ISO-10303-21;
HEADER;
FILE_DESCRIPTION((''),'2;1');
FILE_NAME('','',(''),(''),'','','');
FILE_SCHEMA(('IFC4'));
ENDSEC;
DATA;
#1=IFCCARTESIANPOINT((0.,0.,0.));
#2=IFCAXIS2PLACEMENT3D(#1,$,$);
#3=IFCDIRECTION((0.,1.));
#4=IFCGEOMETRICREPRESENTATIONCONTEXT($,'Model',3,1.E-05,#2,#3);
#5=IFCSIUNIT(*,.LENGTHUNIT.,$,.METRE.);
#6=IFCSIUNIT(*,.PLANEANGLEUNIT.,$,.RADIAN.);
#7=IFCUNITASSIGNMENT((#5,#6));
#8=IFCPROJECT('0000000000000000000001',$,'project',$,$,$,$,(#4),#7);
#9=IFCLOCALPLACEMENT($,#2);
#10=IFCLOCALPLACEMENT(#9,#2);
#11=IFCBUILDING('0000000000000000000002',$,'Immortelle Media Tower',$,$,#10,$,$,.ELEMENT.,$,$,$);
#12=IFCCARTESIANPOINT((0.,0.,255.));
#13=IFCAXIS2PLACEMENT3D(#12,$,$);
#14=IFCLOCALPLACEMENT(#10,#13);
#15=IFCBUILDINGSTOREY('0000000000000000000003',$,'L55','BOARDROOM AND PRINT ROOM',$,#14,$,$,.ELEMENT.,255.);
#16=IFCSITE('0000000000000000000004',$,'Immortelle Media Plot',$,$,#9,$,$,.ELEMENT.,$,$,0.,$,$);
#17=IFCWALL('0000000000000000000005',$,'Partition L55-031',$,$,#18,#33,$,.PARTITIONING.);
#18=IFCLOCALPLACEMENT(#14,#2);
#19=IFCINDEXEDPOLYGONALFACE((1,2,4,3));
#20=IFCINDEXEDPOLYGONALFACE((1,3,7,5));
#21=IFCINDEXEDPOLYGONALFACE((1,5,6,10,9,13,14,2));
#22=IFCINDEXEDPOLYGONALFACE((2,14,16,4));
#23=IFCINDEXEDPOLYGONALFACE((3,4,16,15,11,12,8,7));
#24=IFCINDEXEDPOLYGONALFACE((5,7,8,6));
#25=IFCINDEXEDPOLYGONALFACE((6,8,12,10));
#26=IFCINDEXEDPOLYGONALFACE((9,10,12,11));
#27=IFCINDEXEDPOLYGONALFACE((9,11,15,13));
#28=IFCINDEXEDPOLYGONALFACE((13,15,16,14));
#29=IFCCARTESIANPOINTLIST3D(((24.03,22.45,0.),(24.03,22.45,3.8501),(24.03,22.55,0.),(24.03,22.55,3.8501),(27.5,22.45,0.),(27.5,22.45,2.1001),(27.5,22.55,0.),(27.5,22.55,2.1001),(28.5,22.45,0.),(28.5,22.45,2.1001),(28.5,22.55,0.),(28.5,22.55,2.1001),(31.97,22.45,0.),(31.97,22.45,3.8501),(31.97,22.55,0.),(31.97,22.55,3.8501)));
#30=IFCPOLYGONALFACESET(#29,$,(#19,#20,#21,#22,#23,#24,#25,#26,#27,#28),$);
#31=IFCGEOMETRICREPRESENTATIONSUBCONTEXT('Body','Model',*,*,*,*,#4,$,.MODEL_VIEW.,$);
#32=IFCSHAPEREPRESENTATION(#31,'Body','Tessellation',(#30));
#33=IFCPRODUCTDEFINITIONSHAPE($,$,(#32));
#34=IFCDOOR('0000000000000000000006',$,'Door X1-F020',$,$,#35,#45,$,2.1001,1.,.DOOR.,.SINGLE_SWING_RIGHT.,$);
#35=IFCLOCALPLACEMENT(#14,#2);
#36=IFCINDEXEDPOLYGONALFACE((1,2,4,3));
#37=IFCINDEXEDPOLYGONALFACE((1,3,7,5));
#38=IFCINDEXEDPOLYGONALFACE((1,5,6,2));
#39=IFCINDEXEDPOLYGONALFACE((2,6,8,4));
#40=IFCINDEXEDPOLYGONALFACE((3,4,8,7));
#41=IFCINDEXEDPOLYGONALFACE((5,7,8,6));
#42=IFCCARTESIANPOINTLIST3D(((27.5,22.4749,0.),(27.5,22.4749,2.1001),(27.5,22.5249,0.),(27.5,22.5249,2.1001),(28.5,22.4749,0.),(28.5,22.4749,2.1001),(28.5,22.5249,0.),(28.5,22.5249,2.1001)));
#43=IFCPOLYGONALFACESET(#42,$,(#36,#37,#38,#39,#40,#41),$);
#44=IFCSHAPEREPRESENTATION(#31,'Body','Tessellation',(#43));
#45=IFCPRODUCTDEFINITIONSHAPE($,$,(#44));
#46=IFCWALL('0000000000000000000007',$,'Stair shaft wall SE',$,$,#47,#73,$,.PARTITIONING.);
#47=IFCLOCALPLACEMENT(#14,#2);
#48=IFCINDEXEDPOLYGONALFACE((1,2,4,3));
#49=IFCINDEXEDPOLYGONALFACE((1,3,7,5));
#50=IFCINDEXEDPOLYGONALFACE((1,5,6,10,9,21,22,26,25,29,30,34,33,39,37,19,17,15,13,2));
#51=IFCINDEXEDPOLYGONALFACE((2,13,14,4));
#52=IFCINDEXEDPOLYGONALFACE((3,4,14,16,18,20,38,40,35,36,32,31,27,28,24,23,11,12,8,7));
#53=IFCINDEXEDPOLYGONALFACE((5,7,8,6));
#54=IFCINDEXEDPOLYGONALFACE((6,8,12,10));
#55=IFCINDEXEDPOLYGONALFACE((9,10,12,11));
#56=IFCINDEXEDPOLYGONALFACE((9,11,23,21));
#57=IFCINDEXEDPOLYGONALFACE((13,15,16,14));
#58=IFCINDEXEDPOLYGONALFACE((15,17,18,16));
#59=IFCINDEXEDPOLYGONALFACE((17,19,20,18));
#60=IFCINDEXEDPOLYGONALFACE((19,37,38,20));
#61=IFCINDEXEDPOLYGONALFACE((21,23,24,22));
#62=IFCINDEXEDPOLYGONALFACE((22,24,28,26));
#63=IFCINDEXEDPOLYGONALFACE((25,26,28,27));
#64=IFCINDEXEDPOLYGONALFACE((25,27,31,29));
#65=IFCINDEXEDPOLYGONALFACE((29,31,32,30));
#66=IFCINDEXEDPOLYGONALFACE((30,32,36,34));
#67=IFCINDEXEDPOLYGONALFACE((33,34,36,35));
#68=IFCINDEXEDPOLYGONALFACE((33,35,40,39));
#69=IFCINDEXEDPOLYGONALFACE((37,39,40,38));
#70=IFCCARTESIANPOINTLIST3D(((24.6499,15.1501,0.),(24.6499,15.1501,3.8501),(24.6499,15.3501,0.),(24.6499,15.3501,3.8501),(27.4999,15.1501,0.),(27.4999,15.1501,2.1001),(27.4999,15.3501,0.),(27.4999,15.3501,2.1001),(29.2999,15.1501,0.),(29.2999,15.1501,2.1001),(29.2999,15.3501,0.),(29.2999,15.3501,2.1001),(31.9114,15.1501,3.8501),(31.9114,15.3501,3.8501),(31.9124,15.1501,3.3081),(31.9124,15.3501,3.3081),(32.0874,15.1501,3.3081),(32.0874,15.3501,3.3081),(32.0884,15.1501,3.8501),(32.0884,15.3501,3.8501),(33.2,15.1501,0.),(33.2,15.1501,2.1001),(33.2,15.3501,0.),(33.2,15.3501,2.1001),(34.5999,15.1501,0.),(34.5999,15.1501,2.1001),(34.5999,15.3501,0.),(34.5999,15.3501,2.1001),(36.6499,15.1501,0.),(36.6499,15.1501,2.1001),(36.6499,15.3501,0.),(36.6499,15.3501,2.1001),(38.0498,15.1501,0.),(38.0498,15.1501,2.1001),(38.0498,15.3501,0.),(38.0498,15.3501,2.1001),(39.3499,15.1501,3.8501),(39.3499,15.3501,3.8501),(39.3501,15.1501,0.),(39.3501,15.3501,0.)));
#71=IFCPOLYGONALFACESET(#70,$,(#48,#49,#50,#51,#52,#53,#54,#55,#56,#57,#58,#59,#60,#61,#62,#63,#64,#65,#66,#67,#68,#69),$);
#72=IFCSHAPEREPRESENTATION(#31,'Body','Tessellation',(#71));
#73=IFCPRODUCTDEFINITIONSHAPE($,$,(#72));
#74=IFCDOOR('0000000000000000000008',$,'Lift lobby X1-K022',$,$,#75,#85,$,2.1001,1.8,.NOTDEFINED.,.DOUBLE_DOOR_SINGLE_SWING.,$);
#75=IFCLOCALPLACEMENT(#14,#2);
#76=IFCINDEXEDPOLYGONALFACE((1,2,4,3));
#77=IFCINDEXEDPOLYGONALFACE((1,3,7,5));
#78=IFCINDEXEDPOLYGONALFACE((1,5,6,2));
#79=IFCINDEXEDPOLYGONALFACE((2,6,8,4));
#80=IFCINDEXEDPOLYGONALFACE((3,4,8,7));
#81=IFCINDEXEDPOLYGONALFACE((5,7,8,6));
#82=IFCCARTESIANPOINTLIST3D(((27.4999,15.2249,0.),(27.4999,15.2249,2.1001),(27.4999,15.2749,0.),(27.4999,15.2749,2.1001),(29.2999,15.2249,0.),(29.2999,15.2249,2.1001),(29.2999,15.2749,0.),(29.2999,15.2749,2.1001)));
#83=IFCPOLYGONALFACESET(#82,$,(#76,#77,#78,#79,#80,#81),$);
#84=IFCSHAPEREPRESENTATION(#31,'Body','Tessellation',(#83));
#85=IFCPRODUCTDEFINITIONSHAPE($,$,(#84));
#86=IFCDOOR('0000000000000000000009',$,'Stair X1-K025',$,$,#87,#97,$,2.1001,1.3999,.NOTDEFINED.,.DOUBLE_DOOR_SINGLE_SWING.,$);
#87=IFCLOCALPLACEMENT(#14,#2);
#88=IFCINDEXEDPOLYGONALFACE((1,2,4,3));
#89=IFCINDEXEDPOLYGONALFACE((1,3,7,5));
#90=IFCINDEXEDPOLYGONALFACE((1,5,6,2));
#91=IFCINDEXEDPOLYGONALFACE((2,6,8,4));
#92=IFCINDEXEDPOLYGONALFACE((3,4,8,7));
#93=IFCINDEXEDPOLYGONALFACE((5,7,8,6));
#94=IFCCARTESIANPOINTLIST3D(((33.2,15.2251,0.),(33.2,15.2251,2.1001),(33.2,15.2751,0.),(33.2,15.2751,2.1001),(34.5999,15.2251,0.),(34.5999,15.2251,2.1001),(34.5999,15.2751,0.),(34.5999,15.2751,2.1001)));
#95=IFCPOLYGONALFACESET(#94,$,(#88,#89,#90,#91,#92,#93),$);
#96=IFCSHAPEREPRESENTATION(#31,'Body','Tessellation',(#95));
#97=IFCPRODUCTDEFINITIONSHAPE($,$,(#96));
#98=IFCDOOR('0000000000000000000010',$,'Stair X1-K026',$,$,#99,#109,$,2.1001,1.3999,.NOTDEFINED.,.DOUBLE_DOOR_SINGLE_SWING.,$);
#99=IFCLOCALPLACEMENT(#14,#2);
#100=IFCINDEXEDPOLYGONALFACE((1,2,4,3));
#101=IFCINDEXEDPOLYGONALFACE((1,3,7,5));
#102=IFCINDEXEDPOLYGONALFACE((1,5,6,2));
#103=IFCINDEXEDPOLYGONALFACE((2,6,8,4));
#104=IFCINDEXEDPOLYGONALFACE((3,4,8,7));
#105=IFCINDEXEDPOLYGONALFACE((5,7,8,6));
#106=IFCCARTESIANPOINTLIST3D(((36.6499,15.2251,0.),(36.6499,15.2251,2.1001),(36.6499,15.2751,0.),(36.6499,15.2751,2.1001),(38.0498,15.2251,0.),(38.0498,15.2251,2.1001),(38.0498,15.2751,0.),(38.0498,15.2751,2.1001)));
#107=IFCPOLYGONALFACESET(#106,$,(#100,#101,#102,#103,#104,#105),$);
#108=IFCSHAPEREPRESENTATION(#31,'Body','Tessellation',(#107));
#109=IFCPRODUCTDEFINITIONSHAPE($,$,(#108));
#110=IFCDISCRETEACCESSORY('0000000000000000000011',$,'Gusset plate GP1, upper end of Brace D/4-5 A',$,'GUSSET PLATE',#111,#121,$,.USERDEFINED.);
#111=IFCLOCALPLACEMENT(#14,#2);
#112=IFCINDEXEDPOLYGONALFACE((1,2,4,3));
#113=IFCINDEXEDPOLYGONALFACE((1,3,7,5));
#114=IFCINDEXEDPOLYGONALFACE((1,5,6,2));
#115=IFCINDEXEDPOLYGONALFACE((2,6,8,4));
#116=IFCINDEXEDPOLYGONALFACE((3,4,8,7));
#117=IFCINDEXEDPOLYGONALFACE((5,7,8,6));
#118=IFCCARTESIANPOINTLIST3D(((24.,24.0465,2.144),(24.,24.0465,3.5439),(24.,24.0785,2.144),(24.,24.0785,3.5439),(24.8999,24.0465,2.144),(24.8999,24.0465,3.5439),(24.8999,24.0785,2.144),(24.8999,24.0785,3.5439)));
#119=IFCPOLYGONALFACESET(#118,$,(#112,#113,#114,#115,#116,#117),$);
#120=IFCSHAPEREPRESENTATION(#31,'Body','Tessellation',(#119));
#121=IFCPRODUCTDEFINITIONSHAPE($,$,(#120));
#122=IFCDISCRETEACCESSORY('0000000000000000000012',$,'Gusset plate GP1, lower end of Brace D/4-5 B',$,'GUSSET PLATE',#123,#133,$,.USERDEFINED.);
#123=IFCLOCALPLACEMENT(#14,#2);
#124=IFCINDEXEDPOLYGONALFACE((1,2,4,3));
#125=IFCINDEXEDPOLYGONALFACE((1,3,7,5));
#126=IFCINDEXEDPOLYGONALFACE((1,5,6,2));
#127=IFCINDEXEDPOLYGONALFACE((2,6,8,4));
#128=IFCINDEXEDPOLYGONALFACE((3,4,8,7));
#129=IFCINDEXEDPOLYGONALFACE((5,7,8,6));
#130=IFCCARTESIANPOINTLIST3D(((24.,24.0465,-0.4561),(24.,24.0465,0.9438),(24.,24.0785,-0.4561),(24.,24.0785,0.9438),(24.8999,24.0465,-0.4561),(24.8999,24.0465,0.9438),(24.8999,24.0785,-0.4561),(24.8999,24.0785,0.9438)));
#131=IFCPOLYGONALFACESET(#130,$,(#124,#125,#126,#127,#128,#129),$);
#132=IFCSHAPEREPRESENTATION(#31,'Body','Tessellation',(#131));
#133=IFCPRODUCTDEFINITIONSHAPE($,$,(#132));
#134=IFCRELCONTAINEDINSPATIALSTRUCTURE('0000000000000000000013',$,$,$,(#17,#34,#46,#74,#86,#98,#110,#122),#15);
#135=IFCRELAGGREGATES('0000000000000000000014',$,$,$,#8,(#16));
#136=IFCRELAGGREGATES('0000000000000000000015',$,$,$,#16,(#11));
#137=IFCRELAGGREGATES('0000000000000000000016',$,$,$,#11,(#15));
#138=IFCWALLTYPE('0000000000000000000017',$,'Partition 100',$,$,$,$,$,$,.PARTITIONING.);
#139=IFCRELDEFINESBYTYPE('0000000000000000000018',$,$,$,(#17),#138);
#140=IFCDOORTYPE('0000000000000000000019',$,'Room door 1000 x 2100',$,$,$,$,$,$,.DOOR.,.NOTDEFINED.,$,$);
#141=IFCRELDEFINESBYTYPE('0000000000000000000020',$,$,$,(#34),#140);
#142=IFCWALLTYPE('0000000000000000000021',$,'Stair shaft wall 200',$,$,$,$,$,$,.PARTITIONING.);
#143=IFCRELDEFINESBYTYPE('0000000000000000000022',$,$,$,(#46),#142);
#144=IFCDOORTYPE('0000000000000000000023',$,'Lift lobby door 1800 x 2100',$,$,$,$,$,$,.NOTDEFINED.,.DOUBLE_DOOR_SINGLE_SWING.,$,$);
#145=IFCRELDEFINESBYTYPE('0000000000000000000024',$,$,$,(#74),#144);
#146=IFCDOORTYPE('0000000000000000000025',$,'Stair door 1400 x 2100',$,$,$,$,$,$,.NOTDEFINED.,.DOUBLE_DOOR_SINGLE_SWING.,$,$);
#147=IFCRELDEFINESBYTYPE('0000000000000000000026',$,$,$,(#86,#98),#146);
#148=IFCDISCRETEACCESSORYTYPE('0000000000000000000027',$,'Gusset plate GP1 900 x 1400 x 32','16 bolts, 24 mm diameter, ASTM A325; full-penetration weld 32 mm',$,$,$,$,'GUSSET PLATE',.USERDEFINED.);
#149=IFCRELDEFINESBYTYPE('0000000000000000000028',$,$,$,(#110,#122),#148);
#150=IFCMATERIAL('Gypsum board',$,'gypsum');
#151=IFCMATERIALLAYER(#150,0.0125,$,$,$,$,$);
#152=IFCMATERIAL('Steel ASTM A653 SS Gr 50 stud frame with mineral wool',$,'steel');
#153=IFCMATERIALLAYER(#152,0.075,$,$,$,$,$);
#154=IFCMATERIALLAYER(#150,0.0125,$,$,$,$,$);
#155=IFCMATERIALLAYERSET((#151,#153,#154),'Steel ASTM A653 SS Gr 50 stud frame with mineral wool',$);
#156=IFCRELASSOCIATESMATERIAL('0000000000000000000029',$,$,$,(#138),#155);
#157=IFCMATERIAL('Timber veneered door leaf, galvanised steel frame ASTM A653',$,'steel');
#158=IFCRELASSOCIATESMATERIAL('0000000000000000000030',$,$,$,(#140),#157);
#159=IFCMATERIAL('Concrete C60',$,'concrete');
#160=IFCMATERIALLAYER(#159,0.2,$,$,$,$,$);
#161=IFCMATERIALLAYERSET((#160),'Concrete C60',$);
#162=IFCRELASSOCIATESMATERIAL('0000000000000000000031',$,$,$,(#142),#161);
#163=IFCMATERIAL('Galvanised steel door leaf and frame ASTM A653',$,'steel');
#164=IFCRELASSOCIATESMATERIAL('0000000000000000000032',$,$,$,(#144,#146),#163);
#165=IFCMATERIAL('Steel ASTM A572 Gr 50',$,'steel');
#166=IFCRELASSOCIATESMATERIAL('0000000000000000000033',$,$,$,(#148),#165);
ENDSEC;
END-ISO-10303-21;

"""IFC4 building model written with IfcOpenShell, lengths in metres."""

from ifc_helpers import new_model, si_unit, direction, frame, frame_2d, origin, origin_2d, place, context, subcontext, project, spatial, polyline, rectangle, outline, extrude, material, layer, layer_set, material_profile, profile_set, type_object, element, fill, save


model = new_model("IFC4")

# Units and contexts
model_context = context("Model", 3, precision=1e-05, world=origin(), true_north=direction((0.0, 1.0)))
body_context = subcontext(model_context, "Body", "Model", "MODEL_VIEW")
ifc_project = project(units=[si_unit("LENGTHUNIT", "METRE"), si_unit("PLANEANGLEUNIT", "RADIAN")], contexts=[model_context])

# Site, building, storey
site_placement = place(None, origin())
site = spatial("IfcSite", under=ifc_project, at=site_placement, Name="Immortelle Media Plot", CompositionType="ELEMENT", RefElevation=0.0)
building_placement = place(site_placement, origin())
building = spatial("IfcBuilding", under=site, at=building_placement, Name="Immortelle Media Tower", CompositionType="ELEMENT")
storey_placement = place(building_placement, frame((0.0, 0.0, 255.0)))
storey = spatial("IfcBuildingStorey", under=building, at=storey_placement, Name="L55", Description="BOARDROOM AND PRINT ROOM", CompositionType="ELEMENT", Elevation=255.0)

# Shared definitions
ifc_material_1 = material(Name="Steel ASTM A653 SS Gr 50 stud frame with mineral wool", Category="steel")

# Wall, opening, door
ifc_material_2 = material(Name="Gypsum board", Category="gypsum")
ifc_layer_1 = layer(ifc_material_2, 0.0125)
ifc_layer_2 = layer(ifc_material_1, 0.075)
ifc_layer_3 = layer(ifc_material_2, 0.0125)
ifc_layer_set_1 = layer_set([ifc_layer_1, ifc_layer_2, ifc_layer_3], Name="Steel ASTM A653 SS Gr 50 stud frame with mineral wool")
wall_type_1 = type_object("IfcWallType", Name="Partition 100", PredefinedType="PARTITIONING", material=ifc_layer_set_1)
wall_1_placement = place(storey_placement, frame((24.03, 22.5, 0.0), z_axis=(0.0, 0.0, 1.0), x_axis=(1.0, 0.0, 0.0)))
wall_1 = element("IfcWall", 1, at=wall_1_placement, inside=storey, type_object=wall_type_1, Name="Partition L55-031", PredefinedType="PARTITIONING", context=body_context, shape_type="SweptSolid", body=[
    extrude(rectangle(XDim=7.9399, YDim=0.1001, at=frame_2d((3.97, 0.0))), origin(), (0.0, 0.0, 1.0), 3.8501),
])
opening_1_placement = place(wall_1_placement, frame((3.47, 0.0, 0.0)))
opening_1 = element("IfcOpeningElement", 2, at=opening_1_placement, cuts=wall_1, PredefinedType="OPENING", context=body_context, shape_type="SweptSolid", body=[
    extrude(rectangle(XDim=1.0, YDim=2.1001, at=frame_2d((0.5, 1.05))), frame((0.0, 0.0601, 0.0), z_axis=(0.0, -1.0, 0.0), x_axis=(1.0, 0.0, 0.0)), (0.0, 0.0, 1.0), 0.1201),
])
ifc_material_3 = material(Name="Timber veneered door leaf, galvanised steel frame ASTM A653", Category="steel")
door_type_1 = type_object("IfcDoorType", Name="Room door 1000 x 2100", OperationType="NOTDEFINED", PredefinedType="DOOR", material=ifc_material_3)
door_1_placement = place(opening_1_placement, origin())
door_1 = element("IfcDoor", 3, at=door_1_placement, inside=storey, type_object=door_type_1, Name="Door X1-F020", OperationType="SINGLE_SWING_RIGHT", OverallHeight=2.1001, OverallWidth=1.0, PredefinedType="DOOR", context=body_context, shape_type="SweptSolid", body=[
    extrude(rectangle(XDim=1.0, YDim=2.1001, at=frame_2d((0.5, 1.05))), frame((0.0, 0.0249, 0.0), z_axis=(0.0, -1.0, 0.0), x_axis=(1.0, 0.0, 0.0)), (0.0, 0.0, 1.0), 0.05),
])
fill(opening_1, door_1)

# Wall, openings, doors
ifc_material_4 = material(Name="Concrete C60", Category="concrete")
ifc_layer_4 = layer(ifc_material_4, 0.2)
ifc_layer_set_2 = layer_set([ifc_layer_4], Name="Concrete C60")
wall_type_2 = type_object("IfcWallType", Name="Stair shaft wall 200", PredefinedType="PARTITIONING", material=ifc_layer_set_2)
wall_2_placement = place(storey_placement, frame((24.6499, 15.25, 0.0), z_axis=(0.0, 0.0, 1.0), x_axis=(1.0, 0.0, 0.0)))
wall_2 = element("IfcWall", 4, at=wall_2_placement, inside=storey, type_object=wall_type_2, Name="Stair shaft wall SE", PredefinedType="PARTITIONING", context=body_context, shape_type="SweptSolid", body=[
    extrude(outline(polyline([(0.0, 0.0), (14.7002, 0.0), (14.7, 3.8501), (7.4385, 3.8501), (7.4375, 3.3081), (7.2625, 3.3081), (7.2615, 3.8501), (0.0, 3.8501), (0.0, 0.0)])), frame((0.0, 0.1001, 0.0), z_axis=(0.0, -1.0, 0.0), x_axis=(1.0, 0.0, 0.0)), (0.0, 0.0, 1.0), 0.2),
])
opening_2_placement = place(wall_2_placement, frame((2.8501, 0.0, 0.0)))
opening_2 = element("IfcOpeningElement", 5, at=opening_2_placement, cuts=wall_2, PredefinedType="OPENING", context=body_context, shape_type="SweptSolid", body=[
    extrude(rectangle(XDim=1.8, YDim=2.1001, at=frame_2d((0.8999, 1.05))), frame((0.0, 0.1099, 0.0), z_axis=(0.0, -1.0, 0.0), x_axis=(1.0, 0.0, 0.0)), (0.0, 0.0, 1.0), 0.22),
])
opening_3_placement = place(wall_2_placement, frame((9.95, 0.0, 0.0), z_axis=(0.0, 0.0, 1.0), x_axis=(-1.0, 0.0, 0.0)))
opening_3 = element("IfcOpeningElement", 6, at=opening_3_placement, cuts=wall_2, PredefinedType="OPENING", context=body_context, shape_type="SweptSolid", body=[
    extrude(rectangle(XDim=1.3999, YDim=2.1001, at=frame_2d((0.7, 1.05))), frame((0.0, 0.1099, 0.0), z_axis=(0.0, -1.0, 0.0), x_axis=(1.0, 0.0, 0.0)), (0.0, 0.0, 1.0), 0.22),
])
opening_4_placement = place(wall_2_placement, frame((13.3999, 0.0, 0.0), z_axis=(0.0, 0.0, 1.0), x_axis=(-1.0, 0.0, 0.0)))
opening_4 = element("IfcOpeningElement", 7, at=opening_4_placement, cuts=wall_2, PredefinedType="OPENING", context=body_context, shape_type="SweptSolid", body=[
    extrude(rectangle(XDim=1.3999, YDim=2.1001, at=frame_2d((0.7, 1.05))), frame((0.0, 0.1099, 0.0), z_axis=(0.0, -1.0, 0.0), x_axis=(1.0, 0.0, 0.0)), (0.0, 0.0, 1.0), 0.22),
])
ifc_material_5 = material(Name="Galvanised steel door leaf and frame ASTM A653", Category="steel")
door_type_2 = type_object("IfcDoorType", Name="Lift lobby door 1800 x 2100", OperationType="DOUBLE_DOOR_SINGLE_SWING", PredefinedType="NOTDEFINED", material=ifc_material_5)
door_2_placement = place(opening_2_placement, origin())
door_2 = element("IfcDoor", 8, at=door_2_placement, inside=storey, type_object=door_type_2, Name="Lift lobby X1-K022", OperationType="DOUBLE_DOOR_SINGLE_SWING", OverallHeight=2.1001, OverallWidth=1.8, PredefinedType="NOTDEFINED", context=body_context, shape_type="SweptSolid", body=[
    extrude(rectangle(XDim=1.8, YDim=2.1001, at=frame_2d((0.8999, 1.05))), frame((0.0, 0.0249, 0.0), z_axis=(0.0, -1.0, 0.0), x_axis=(1.0, 0.0, 0.0)), (0.0, 0.0, 1.0), 0.05),
])
fill(opening_2, door_2)
door_type_3 = type_object("IfcDoorType", Name="Stair door 1400 x 2100", OperationType="DOUBLE_DOOR_SINGLE_SWING", PredefinedType="NOTDEFINED", material=ifc_material_5)
door_3_placement = place(opening_3_placement, origin())
door_3 = element("IfcDoor", 9, at=door_3_placement, inside=storey, type_object=door_type_3, Name="Stair X1-K025", OperationType="DOUBLE_DOOR_SINGLE_SWING", OverallHeight=2.1001, OverallWidth=1.3999, PredefinedType="NOTDEFINED", context=body_context, shape_type="SweptSolid", body=[
    extrude(rectangle(XDim=1.3999, YDim=2.1001, at=frame_2d((0.7, 1.05))), frame((0.0, 0.0249, 0.0), z_axis=(0.0, -1.0, 0.0), x_axis=(1.0, 0.0, 0.0)), (0.0, 0.0, 1.0), 0.05),
])
fill(opening_3, door_3)
door_4_placement = place(opening_4_placement, origin())
door_4 = element("IfcDoor", 10, at=door_4_placement, inside=storey, type_object=door_type_3, Name="Stair X1-K026", OperationType="DOUBLE_DOOR_SINGLE_SWING", OverallHeight=2.1001, OverallWidth=1.3999, PredefinedType="NOTDEFINED", context=body_context, shape_type="SweptSolid", body=[
    extrude(rectangle(XDim=1.3999, YDim=2.1001, at=frame_2d((0.7, 1.05))), frame((0.0, 0.0249, 0.0), z_axis=(0.0, -1.0, 0.0), x_axis=(1.0, 0.0, 0.0)), (0.0, 0.0, 1.0), 0.05),
])
fill(opening_4, door_4)

# Discrete accessories
ifc_material_6 = material(Name="Steel ASTM A572 Gr 50", Category="steel")
ifc_material_profile_1 = material_profile(ifc_material_6, rectangle(XDim=0.032, YDim=1.3999, at=origin_2d()), Name="PL 32 x 1400")
ifc_profile_set_1 = profile_set([ifc_material_profile_1], Name="Steel ASTM A572 Gr 50")
discrete_accessory_type = type_object("IfcDiscreteAccessoryType", Name="Gusset plate GP1 900 x 1400 x 32", Description="16 bolts, 24 mm diameter, ASTM A325; full-penetration weld 32 mm", ElementType="GUSSET PLATE", PredefinedType="USERDEFINED", material=ifc_profile_set_1)
for number, where, z_axis, x_axis, name in (
    (11, (24.0, 24.0625, 2.844), (1.0, 0.0, 0.0), (0.0, 1.0, 0.0), "Gusset plate GP1, upper end of Brace D/4-5 A"),
    (12, (24.0, 24.0625, 0.2439), (1.0, 0.0, 0.0), (0.0, 1.0, 0.0), "Gusset plate GP1, lower end of Brace D/4-5 B"),
):
    element("IfcDiscreteAccessory", number, at=place(storey_placement, frame(where, z_axis=z_axis, x_axis=x_axis)), inside=storey, type_object=discrete_accessory_type, Name=name, ObjectType="GUSSET PLATE", PredefinedType="USERDEFINED", context=body_context, shape_type="SweptSolid", body=[
        extrude(rectangle(XDim=0.032, YDim=1.3999, at=origin_2d()), origin(), (0.0, 0.0, 1.0), 0.8999),
    ])

save(model, "model.ifc")
